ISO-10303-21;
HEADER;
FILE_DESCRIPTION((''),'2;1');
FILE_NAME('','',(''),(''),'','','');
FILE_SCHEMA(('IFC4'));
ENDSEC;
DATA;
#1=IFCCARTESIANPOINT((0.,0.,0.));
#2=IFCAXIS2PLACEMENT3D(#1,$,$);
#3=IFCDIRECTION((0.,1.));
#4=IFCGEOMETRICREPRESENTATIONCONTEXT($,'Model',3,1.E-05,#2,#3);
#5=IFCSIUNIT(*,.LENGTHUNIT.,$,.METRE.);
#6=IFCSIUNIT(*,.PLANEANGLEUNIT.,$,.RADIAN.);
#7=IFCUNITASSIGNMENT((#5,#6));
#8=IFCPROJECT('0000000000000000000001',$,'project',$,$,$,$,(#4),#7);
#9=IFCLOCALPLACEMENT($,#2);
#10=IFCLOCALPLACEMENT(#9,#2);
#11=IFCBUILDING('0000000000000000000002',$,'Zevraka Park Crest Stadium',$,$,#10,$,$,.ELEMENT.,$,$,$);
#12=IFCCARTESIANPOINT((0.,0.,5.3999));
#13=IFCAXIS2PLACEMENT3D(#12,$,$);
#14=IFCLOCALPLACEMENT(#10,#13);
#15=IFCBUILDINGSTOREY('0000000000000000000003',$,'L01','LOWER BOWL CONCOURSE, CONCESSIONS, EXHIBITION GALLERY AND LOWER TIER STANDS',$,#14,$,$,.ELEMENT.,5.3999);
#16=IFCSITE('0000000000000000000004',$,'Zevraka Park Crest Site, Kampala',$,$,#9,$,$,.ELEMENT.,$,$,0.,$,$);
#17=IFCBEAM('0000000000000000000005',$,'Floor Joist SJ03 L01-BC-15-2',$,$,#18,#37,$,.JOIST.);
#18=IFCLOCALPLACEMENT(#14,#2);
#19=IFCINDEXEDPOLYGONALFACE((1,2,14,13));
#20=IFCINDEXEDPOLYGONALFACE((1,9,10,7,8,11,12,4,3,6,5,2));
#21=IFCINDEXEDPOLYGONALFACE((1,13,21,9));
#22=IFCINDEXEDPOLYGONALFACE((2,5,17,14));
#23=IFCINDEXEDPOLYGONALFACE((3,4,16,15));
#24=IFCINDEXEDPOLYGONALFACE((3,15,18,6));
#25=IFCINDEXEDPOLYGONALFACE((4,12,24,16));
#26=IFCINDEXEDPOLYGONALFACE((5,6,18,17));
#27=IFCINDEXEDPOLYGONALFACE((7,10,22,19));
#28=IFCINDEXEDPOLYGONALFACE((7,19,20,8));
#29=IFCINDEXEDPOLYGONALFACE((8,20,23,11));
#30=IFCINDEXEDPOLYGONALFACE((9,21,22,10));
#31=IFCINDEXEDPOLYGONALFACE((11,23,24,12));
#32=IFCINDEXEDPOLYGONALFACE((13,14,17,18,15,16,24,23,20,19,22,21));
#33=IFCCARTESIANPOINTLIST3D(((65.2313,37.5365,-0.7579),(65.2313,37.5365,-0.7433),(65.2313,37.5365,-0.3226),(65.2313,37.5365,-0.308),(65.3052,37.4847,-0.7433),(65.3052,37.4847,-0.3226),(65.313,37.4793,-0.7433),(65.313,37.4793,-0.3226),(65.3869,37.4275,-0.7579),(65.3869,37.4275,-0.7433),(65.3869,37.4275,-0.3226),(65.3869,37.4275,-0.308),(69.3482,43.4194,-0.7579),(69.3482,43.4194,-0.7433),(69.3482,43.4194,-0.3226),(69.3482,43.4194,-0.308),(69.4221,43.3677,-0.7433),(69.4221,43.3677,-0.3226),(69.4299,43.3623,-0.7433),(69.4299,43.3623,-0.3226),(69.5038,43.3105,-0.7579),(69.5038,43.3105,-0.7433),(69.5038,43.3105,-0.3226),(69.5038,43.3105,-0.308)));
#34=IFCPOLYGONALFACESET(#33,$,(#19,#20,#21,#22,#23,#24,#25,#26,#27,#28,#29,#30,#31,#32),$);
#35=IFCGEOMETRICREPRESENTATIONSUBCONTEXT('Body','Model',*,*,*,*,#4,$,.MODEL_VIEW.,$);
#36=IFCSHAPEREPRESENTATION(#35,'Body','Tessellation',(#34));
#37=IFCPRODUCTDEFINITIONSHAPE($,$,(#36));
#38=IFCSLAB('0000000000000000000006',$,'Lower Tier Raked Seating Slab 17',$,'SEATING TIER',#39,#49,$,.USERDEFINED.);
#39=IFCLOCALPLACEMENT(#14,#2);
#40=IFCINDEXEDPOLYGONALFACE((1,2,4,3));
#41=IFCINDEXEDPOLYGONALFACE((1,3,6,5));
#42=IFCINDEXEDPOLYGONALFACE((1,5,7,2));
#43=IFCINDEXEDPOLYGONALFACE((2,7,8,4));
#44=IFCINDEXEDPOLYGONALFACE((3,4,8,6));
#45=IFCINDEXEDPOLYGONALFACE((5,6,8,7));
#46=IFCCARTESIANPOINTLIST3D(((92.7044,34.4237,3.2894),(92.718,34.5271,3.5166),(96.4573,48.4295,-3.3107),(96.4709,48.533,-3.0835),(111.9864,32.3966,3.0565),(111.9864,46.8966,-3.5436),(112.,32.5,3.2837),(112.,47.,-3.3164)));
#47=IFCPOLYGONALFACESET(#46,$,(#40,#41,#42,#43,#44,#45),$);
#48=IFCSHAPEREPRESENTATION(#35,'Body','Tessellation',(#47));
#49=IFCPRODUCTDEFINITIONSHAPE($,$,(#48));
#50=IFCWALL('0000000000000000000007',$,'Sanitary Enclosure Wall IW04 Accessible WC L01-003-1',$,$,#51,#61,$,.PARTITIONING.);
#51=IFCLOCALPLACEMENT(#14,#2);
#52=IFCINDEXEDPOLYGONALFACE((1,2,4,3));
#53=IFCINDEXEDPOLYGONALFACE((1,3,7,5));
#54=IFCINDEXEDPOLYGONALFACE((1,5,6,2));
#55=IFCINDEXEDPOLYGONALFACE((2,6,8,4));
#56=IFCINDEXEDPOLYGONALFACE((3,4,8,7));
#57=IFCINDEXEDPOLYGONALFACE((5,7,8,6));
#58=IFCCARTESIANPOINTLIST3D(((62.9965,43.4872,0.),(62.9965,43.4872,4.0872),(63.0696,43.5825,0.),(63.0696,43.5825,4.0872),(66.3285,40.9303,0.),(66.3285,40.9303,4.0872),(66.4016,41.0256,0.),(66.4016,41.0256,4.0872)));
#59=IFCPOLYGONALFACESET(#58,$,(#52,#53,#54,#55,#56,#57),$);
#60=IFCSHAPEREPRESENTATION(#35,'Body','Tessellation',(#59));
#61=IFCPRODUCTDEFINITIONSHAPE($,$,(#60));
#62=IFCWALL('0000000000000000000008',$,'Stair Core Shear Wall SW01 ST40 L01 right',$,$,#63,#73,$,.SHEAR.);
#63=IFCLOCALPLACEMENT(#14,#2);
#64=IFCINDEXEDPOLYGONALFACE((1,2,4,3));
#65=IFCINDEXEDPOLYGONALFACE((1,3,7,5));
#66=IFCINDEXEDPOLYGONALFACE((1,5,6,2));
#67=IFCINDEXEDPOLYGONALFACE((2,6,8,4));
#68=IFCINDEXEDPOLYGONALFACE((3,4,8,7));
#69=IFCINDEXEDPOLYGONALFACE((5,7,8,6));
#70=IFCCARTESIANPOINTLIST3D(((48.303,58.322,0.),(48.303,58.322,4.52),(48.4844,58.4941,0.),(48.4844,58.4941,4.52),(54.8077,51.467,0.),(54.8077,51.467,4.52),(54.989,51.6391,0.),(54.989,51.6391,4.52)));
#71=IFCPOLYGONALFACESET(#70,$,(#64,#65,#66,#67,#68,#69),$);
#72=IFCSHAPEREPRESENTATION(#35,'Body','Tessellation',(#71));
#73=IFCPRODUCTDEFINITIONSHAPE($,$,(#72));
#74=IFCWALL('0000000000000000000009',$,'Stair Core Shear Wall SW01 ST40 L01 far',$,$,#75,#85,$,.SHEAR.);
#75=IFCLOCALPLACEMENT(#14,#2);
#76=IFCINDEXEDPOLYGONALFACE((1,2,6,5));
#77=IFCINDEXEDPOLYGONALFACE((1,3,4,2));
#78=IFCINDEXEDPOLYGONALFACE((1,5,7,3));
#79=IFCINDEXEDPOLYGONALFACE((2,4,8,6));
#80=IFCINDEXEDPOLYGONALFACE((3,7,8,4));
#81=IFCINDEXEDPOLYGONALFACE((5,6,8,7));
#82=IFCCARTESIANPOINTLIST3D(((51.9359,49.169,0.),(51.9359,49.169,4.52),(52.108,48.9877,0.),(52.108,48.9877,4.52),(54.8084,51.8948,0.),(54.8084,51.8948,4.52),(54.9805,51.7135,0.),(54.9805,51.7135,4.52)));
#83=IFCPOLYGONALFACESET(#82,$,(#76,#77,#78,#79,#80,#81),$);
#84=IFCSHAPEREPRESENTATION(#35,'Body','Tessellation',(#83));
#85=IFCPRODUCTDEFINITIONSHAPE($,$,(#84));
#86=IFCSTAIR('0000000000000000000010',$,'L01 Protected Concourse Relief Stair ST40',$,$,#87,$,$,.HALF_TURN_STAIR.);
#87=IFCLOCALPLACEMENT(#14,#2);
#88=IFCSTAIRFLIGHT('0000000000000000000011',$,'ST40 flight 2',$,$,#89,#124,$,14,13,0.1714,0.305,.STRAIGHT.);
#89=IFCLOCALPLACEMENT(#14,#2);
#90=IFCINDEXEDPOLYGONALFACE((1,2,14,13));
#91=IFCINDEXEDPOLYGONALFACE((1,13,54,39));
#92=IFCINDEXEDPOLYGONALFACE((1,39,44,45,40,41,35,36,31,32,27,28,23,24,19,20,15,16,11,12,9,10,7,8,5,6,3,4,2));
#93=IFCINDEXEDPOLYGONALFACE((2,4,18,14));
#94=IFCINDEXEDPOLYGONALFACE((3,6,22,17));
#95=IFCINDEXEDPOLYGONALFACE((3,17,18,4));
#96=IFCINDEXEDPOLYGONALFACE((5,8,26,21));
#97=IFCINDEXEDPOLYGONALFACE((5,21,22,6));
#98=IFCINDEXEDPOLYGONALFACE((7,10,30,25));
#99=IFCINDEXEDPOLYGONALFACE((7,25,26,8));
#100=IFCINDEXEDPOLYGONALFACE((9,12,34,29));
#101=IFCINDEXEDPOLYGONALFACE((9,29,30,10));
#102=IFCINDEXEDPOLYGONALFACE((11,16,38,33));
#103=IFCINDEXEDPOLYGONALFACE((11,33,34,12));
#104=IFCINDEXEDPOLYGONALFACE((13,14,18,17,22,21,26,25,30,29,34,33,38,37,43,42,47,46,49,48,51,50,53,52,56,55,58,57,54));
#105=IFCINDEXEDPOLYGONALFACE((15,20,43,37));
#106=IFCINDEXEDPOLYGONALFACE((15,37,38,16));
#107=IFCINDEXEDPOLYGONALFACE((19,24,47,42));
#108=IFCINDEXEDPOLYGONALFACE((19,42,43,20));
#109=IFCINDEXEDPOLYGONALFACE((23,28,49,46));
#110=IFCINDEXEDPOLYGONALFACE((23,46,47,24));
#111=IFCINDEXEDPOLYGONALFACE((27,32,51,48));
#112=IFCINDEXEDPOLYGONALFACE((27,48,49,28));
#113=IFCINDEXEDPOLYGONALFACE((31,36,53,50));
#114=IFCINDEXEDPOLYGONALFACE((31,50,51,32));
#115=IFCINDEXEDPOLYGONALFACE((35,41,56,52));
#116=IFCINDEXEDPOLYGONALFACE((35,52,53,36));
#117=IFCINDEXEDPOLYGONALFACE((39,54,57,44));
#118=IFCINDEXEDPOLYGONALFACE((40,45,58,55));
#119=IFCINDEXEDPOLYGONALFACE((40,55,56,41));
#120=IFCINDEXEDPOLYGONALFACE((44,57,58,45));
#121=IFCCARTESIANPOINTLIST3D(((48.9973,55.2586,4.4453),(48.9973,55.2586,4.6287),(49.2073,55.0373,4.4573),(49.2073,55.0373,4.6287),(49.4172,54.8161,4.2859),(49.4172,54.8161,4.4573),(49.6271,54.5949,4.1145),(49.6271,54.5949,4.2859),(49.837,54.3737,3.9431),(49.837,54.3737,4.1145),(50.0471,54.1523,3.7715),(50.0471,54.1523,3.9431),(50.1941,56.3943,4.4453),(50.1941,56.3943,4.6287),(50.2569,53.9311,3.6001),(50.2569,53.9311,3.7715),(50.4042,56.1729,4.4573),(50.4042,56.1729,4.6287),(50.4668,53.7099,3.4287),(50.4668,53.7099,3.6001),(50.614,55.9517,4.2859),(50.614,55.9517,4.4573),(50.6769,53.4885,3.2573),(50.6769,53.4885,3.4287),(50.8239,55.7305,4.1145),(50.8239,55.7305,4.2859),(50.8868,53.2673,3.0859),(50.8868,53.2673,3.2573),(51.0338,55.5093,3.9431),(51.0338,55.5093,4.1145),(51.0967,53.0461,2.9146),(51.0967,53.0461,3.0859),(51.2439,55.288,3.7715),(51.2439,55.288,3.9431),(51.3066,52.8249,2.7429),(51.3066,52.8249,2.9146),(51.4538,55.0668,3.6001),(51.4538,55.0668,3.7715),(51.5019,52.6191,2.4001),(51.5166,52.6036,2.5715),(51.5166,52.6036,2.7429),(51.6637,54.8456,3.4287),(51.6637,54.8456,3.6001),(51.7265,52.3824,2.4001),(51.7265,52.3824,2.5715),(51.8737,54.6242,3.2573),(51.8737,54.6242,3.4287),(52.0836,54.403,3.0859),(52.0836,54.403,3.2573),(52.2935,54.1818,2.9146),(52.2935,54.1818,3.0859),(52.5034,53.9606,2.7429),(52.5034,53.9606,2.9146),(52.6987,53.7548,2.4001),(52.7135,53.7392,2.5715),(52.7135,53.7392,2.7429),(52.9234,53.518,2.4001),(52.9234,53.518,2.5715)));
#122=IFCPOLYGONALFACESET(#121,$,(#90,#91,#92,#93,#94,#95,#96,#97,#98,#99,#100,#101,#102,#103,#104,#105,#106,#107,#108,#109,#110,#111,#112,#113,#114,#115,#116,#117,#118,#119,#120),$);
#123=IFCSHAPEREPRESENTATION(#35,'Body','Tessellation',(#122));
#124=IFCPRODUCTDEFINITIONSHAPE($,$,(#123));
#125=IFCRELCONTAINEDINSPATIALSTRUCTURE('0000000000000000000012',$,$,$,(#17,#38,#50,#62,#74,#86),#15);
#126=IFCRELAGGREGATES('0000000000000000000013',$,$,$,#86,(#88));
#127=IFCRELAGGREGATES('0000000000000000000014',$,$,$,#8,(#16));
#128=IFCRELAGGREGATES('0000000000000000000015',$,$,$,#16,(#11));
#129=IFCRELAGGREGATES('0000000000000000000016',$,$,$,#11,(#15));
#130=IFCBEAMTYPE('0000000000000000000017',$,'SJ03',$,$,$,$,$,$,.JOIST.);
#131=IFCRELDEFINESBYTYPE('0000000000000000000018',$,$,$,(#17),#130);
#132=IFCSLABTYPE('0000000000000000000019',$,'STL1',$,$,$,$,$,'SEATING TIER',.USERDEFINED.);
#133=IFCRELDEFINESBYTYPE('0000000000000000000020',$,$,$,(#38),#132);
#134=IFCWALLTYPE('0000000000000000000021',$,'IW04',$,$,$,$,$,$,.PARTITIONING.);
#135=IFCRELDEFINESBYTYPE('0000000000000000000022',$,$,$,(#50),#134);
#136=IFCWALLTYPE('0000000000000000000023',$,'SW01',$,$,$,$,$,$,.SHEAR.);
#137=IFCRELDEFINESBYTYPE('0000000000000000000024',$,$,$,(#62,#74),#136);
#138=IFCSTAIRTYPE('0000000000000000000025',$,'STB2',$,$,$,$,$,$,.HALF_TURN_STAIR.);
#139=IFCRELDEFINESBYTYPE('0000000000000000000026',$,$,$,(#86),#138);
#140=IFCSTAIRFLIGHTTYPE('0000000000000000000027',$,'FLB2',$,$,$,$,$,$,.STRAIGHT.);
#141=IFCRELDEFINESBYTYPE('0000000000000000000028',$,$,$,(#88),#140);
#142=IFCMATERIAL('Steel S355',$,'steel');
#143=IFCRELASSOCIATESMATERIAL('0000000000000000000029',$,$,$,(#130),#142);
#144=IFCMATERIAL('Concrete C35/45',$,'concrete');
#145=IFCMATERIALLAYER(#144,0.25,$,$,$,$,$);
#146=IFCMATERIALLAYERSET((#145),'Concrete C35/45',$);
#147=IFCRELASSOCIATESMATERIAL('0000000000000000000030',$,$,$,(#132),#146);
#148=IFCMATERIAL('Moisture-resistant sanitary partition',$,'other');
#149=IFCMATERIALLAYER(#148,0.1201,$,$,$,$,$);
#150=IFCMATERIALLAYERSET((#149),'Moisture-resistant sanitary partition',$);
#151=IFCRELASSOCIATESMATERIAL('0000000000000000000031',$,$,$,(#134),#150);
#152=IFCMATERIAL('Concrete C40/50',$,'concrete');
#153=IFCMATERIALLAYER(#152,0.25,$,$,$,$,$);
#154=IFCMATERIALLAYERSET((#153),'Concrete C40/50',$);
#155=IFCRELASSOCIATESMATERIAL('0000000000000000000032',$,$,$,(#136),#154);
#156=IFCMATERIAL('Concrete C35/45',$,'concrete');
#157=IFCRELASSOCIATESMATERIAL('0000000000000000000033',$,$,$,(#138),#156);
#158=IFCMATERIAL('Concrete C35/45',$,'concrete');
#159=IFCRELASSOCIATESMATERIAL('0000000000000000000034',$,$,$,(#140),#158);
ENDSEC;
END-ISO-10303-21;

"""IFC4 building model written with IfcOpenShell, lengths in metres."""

from ifc_helpers import new_model, si_unit, direction, frame, frame_2d, origin, origin_2d, place, context, subcontext, project, spatial, polyline, rectangle, i_section, outline, extrude, material, layer, layer_set, material_profile, profile_set, type_object, element, aggregate, save


model = new_model("IFC4")

# Units and contexts
model_context = context("Model", 3, precision=1e-05, world=origin(), true_north=direction((0.0, 1.0)))
body_context = subcontext(model_context, "Body", "Model", "MODEL_VIEW")
ifc_project = project(units=[si_unit("LENGTHUNIT", "METRE"), si_unit("PLANEANGLEUNIT", "RADIAN")], contexts=[model_context])

# Site, building, storey
site_placement = place(None, origin())
site = spatial("IfcSite", under=ifc_project, at=site_placement, Name="Zevraka Park Crest Site, Kampala", CompositionType="ELEMENT", RefElevation=0.0)
building_placement = place(site_placement, origin())
building = spatial("IfcBuilding", under=site, at=building_placement, Name="Zevraka Park Crest Stadium", CompositionType="ELEMENT")
storey_placement = place(building_placement, frame((0.0, 0.0, 5.3999)))
storey = spatial("IfcBuildingStorey", under=building, at=storey_placement, Name="L01", Description="LOWER BOWL CONCOURSE, CONCESSIONS, EXHIBITION GALLERY AND LOWER TIER STANDS", CompositionType="ELEMENT", Elevation=5.3999)

# Beam
ifc_material_1 = material(Name="Steel S355", Category="steel")
ifc_material_profile_1 = material_profile(ifc_material_1, i_section(OverallWidth=0.1899, OverallDepth=0.45, WebThickness=0.0095, FlangeThickness=0.0146, at=origin_2d()), Name="IPE 450")
ifc_profile_set_1 = profile_set([ifc_material_profile_1], Name="Steel S355")
beam_type_1 = type_object("IfcBeamType", Name="SJ03", PredefinedType="JOIST", material=ifc_profile_set_1)
beam_1_placement = place(storey_placement, frame((69.426, 43.365, -0.533), z_axis=(-0.573351, -0.81931, 0.0), x_axis=(0.81931, -0.573351, 0.0)))
element("IfcBeam", 1, at=beam_1_placement, inside=storey, type_object=beam_type_1, Name="Floor Joist SJ03 L01-BC-15-2", PredefinedType="JOIST", context=body_context, shape_type="SweptSolid", body=[
    extrude(i_section(OverallWidth=0.1899, OverallDepth=0.45, WebThickness=0.0095, FlangeThickness=0.0146, at=origin_2d()), origin(), (0.0, 0.0, 1.0), 7.1804),
])

# Slab
ifc_material_2 = material(Name="Concrete C35/45", Category="concrete")
ifc_layer_1 = layer(ifc_material_2, 0.25)
ifc_layer_set_1 = layer_set([ifc_layer_1], Name="Concrete C35/45")
slab_type = type_object("IfcSlabType", Name="STL1", ElementType="SEATING TIER", PredefinedType="USERDEFINED", material=ifc_layer_set_1)
slab_1_placement = place(storey_placement, frame((96.4709, 48.533, -3.0835), z_axis=(0.054466, 0.413666, 0.908798), x_axis=(0.995052, -0.098227, -0.014924)))
element("IfcSlab", 2, at=slab_1_placement, inside=storey, type_object=slab_type, Name="Lower Tier Raked Seating Slab 17", ObjectType="SEATING TIER", PredefinedType="USERDEFINED", context=body_context, shape_type="SweptSolid", body=[
    extrude(outline(polyline([(0.0, 0.0), (15.6063, 0.0), (16.9321, -15.8762), (-2.4571, -15.7408), (0.0, 0.0)])), origin(), (0.0, 0.0, -1.0), 0.25),
])

# Walls
ifc_material_3 = material(Name="Moisture-resistant sanitary partition", Category="other")
ifc_layer_2 = layer(ifc_material_3, 0.1201)
ifc_layer_set_2 = layer_set([ifc_layer_2], Name="Moisture-resistant sanitary partition")
wall_type_1 = type_object("IfcWallType", Name="IW04", PredefinedType="PARTITIONING", material=ifc_layer_set_2)
wall_1_placement = place(storey_placement, frame((63.033, 43.5349, 0.0), z_axis=(0.0, 0.0, 1.0), x_axis=(0.793339, -0.608781, 0.0)))
element("IfcWall", 3, at=wall_1_placement, inside=storey, type_object=wall_type_1, Name="Sanitary Enclosure Wall IW04 Accessible WC L01-003-1", PredefinedType="PARTITIONING", context=body_context, shape_type="SweptSolid", body=[
    extrude(rectangle(XDim=4.2, YDim=0.1201, at=frame_2d((2.1001, 0.0))), origin(), (0.0, 0.0, 1.0), 4.0872),
])
ifc_material_4 = material(Name="Concrete C40/50", Category="concrete")
ifc_layer_3 = layer(ifc_material_4, 0.25)
ifc_layer_set_3 = layer_set([ifc_layer_3], Name="Concrete C40/50")
wall_type_2 = type_object("IfcWallType", Name="SW01", PredefinedType="SHEAR", material=ifc_layer_set_3)
wall_2_placement = place(storey_placement, frame((54.8984, 51.553, 0.0), z_axis=(0.0, 0.0, 1.0), x_axis=(-0.688327, 0.725401, 0.0)))
element("IfcWall", 4, at=wall_2_placement, inside=storey, type_object=wall_type_2, Name="Stair Core Shear Wall SW01 ST40 L01 right", PredefinedType="SHEAR", context=body_context, shape_type="SweptSolid", body=[
    extrude(rectangle(XDim=9.45, YDim=0.25, at=frame_2d((4.7251, 0.0))), origin(), (0.0, 0.0, 1.0), 4.52),
])
wall_3_placement = place(storey_placement, frame((52.022, 49.0784, 0.0), z_axis=(0.0, 0.0, 1.0), x_axis=(0.72539, 0.688338, 0.0)))
element("IfcWall", 5, at=wall_3_placement, inside=storey, type_object=wall_type_2, Name="Stair Core Shear Wall SW01 ST40 L01 far", PredefinedType="SHEAR", context=body_context, shape_type="SweptSolid", body=[
    extrude(rectangle(XDim=3.96, YDim=0.25, at=frame_2d((1.98, 0.0))), origin(), (0.0, 0.0, 1.0), 4.52),
])

# Stair, stair flight
ifc_material_5 = material(Name="Concrete C35/45", Category="concrete")
stair_type = type_object("IfcStairType", Name="STB2", PredefinedType="HALF_TURN_STAIR", material=ifc_material_5)
stair_placement = place(storey_placement, origin())
stair = element("IfcStair", 6, at=stair_placement, inside=storey, type_object=stair_type, Name="L01 Protected Concourse Relief Stair ST40", PredefinedType="HALF_TURN_STAIR")
ifc_material_6 = material(Name="Concrete C35/45", Category="concrete")
stair_flight_type = type_object("IfcStairFlightType", Name="FLB2", PredefinedType="STRAIGHT", material=ifc_material_6)
stair_flight_placement = place(storey_placement, frame((52.325, 52.9502, 2.4001), z_axis=(0.0, 0.0, 1.0), x_axis=(-0.688327, 0.725401, 0.0)))
stair_flight = element("IfcStairFlight", 7, at=stair_flight_placement, type_object=stair_flight_type, Name="ST40 flight 2", NumberOfRisers=14, NumberOfTreads=13, PredefinedType="STRAIGHT", RiserHeight=0.1714, TreadLength=0.305, context=body_context, shape_type="SweptSolid", body=[
    extrude(outline(polyline([(0.0, 0.0), (0.0, 0.1714), (0.3049, 0.1714), (0.3049, 0.3428), (0.6101, 0.3428), (0.6101, 0.5144), (0.915, 0.5144), (0.915, 0.6858), (1.22, 0.6858), (1.22, 0.8572), (1.5249, 0.8572), (1.5249, 1.0286), (1.8301, 1.0286), (1.8301, 1.2), (2.135, 1.2), (2.135, 1.3713), (2.4399, 1.3713), (2.4399, 1.543), (2.7451, 1.543), (2.7451, 1.7144), (3.05, 1.7144), (3.05, 1.8857), (3.355, 1.8857), (3.355, 2.0571), (3.6599, 2.0571), (3.6599, 2.2285), (3.9651, 2.2285), (3.9651, 2.3999), (3.9651, 2.0452), (0.3264, 0.0), (0.0, 0.0)])), frame((0.0, 0.825, 0.0), z_axis=(0.0, -1.0, 0.0), x_axis=(1.0, 0.0, 0.0)), (0.0, 0.0, 1.0), 1.6499),
])
aggregate(stair, [stair_flight])

save(model, "model.ifc")
